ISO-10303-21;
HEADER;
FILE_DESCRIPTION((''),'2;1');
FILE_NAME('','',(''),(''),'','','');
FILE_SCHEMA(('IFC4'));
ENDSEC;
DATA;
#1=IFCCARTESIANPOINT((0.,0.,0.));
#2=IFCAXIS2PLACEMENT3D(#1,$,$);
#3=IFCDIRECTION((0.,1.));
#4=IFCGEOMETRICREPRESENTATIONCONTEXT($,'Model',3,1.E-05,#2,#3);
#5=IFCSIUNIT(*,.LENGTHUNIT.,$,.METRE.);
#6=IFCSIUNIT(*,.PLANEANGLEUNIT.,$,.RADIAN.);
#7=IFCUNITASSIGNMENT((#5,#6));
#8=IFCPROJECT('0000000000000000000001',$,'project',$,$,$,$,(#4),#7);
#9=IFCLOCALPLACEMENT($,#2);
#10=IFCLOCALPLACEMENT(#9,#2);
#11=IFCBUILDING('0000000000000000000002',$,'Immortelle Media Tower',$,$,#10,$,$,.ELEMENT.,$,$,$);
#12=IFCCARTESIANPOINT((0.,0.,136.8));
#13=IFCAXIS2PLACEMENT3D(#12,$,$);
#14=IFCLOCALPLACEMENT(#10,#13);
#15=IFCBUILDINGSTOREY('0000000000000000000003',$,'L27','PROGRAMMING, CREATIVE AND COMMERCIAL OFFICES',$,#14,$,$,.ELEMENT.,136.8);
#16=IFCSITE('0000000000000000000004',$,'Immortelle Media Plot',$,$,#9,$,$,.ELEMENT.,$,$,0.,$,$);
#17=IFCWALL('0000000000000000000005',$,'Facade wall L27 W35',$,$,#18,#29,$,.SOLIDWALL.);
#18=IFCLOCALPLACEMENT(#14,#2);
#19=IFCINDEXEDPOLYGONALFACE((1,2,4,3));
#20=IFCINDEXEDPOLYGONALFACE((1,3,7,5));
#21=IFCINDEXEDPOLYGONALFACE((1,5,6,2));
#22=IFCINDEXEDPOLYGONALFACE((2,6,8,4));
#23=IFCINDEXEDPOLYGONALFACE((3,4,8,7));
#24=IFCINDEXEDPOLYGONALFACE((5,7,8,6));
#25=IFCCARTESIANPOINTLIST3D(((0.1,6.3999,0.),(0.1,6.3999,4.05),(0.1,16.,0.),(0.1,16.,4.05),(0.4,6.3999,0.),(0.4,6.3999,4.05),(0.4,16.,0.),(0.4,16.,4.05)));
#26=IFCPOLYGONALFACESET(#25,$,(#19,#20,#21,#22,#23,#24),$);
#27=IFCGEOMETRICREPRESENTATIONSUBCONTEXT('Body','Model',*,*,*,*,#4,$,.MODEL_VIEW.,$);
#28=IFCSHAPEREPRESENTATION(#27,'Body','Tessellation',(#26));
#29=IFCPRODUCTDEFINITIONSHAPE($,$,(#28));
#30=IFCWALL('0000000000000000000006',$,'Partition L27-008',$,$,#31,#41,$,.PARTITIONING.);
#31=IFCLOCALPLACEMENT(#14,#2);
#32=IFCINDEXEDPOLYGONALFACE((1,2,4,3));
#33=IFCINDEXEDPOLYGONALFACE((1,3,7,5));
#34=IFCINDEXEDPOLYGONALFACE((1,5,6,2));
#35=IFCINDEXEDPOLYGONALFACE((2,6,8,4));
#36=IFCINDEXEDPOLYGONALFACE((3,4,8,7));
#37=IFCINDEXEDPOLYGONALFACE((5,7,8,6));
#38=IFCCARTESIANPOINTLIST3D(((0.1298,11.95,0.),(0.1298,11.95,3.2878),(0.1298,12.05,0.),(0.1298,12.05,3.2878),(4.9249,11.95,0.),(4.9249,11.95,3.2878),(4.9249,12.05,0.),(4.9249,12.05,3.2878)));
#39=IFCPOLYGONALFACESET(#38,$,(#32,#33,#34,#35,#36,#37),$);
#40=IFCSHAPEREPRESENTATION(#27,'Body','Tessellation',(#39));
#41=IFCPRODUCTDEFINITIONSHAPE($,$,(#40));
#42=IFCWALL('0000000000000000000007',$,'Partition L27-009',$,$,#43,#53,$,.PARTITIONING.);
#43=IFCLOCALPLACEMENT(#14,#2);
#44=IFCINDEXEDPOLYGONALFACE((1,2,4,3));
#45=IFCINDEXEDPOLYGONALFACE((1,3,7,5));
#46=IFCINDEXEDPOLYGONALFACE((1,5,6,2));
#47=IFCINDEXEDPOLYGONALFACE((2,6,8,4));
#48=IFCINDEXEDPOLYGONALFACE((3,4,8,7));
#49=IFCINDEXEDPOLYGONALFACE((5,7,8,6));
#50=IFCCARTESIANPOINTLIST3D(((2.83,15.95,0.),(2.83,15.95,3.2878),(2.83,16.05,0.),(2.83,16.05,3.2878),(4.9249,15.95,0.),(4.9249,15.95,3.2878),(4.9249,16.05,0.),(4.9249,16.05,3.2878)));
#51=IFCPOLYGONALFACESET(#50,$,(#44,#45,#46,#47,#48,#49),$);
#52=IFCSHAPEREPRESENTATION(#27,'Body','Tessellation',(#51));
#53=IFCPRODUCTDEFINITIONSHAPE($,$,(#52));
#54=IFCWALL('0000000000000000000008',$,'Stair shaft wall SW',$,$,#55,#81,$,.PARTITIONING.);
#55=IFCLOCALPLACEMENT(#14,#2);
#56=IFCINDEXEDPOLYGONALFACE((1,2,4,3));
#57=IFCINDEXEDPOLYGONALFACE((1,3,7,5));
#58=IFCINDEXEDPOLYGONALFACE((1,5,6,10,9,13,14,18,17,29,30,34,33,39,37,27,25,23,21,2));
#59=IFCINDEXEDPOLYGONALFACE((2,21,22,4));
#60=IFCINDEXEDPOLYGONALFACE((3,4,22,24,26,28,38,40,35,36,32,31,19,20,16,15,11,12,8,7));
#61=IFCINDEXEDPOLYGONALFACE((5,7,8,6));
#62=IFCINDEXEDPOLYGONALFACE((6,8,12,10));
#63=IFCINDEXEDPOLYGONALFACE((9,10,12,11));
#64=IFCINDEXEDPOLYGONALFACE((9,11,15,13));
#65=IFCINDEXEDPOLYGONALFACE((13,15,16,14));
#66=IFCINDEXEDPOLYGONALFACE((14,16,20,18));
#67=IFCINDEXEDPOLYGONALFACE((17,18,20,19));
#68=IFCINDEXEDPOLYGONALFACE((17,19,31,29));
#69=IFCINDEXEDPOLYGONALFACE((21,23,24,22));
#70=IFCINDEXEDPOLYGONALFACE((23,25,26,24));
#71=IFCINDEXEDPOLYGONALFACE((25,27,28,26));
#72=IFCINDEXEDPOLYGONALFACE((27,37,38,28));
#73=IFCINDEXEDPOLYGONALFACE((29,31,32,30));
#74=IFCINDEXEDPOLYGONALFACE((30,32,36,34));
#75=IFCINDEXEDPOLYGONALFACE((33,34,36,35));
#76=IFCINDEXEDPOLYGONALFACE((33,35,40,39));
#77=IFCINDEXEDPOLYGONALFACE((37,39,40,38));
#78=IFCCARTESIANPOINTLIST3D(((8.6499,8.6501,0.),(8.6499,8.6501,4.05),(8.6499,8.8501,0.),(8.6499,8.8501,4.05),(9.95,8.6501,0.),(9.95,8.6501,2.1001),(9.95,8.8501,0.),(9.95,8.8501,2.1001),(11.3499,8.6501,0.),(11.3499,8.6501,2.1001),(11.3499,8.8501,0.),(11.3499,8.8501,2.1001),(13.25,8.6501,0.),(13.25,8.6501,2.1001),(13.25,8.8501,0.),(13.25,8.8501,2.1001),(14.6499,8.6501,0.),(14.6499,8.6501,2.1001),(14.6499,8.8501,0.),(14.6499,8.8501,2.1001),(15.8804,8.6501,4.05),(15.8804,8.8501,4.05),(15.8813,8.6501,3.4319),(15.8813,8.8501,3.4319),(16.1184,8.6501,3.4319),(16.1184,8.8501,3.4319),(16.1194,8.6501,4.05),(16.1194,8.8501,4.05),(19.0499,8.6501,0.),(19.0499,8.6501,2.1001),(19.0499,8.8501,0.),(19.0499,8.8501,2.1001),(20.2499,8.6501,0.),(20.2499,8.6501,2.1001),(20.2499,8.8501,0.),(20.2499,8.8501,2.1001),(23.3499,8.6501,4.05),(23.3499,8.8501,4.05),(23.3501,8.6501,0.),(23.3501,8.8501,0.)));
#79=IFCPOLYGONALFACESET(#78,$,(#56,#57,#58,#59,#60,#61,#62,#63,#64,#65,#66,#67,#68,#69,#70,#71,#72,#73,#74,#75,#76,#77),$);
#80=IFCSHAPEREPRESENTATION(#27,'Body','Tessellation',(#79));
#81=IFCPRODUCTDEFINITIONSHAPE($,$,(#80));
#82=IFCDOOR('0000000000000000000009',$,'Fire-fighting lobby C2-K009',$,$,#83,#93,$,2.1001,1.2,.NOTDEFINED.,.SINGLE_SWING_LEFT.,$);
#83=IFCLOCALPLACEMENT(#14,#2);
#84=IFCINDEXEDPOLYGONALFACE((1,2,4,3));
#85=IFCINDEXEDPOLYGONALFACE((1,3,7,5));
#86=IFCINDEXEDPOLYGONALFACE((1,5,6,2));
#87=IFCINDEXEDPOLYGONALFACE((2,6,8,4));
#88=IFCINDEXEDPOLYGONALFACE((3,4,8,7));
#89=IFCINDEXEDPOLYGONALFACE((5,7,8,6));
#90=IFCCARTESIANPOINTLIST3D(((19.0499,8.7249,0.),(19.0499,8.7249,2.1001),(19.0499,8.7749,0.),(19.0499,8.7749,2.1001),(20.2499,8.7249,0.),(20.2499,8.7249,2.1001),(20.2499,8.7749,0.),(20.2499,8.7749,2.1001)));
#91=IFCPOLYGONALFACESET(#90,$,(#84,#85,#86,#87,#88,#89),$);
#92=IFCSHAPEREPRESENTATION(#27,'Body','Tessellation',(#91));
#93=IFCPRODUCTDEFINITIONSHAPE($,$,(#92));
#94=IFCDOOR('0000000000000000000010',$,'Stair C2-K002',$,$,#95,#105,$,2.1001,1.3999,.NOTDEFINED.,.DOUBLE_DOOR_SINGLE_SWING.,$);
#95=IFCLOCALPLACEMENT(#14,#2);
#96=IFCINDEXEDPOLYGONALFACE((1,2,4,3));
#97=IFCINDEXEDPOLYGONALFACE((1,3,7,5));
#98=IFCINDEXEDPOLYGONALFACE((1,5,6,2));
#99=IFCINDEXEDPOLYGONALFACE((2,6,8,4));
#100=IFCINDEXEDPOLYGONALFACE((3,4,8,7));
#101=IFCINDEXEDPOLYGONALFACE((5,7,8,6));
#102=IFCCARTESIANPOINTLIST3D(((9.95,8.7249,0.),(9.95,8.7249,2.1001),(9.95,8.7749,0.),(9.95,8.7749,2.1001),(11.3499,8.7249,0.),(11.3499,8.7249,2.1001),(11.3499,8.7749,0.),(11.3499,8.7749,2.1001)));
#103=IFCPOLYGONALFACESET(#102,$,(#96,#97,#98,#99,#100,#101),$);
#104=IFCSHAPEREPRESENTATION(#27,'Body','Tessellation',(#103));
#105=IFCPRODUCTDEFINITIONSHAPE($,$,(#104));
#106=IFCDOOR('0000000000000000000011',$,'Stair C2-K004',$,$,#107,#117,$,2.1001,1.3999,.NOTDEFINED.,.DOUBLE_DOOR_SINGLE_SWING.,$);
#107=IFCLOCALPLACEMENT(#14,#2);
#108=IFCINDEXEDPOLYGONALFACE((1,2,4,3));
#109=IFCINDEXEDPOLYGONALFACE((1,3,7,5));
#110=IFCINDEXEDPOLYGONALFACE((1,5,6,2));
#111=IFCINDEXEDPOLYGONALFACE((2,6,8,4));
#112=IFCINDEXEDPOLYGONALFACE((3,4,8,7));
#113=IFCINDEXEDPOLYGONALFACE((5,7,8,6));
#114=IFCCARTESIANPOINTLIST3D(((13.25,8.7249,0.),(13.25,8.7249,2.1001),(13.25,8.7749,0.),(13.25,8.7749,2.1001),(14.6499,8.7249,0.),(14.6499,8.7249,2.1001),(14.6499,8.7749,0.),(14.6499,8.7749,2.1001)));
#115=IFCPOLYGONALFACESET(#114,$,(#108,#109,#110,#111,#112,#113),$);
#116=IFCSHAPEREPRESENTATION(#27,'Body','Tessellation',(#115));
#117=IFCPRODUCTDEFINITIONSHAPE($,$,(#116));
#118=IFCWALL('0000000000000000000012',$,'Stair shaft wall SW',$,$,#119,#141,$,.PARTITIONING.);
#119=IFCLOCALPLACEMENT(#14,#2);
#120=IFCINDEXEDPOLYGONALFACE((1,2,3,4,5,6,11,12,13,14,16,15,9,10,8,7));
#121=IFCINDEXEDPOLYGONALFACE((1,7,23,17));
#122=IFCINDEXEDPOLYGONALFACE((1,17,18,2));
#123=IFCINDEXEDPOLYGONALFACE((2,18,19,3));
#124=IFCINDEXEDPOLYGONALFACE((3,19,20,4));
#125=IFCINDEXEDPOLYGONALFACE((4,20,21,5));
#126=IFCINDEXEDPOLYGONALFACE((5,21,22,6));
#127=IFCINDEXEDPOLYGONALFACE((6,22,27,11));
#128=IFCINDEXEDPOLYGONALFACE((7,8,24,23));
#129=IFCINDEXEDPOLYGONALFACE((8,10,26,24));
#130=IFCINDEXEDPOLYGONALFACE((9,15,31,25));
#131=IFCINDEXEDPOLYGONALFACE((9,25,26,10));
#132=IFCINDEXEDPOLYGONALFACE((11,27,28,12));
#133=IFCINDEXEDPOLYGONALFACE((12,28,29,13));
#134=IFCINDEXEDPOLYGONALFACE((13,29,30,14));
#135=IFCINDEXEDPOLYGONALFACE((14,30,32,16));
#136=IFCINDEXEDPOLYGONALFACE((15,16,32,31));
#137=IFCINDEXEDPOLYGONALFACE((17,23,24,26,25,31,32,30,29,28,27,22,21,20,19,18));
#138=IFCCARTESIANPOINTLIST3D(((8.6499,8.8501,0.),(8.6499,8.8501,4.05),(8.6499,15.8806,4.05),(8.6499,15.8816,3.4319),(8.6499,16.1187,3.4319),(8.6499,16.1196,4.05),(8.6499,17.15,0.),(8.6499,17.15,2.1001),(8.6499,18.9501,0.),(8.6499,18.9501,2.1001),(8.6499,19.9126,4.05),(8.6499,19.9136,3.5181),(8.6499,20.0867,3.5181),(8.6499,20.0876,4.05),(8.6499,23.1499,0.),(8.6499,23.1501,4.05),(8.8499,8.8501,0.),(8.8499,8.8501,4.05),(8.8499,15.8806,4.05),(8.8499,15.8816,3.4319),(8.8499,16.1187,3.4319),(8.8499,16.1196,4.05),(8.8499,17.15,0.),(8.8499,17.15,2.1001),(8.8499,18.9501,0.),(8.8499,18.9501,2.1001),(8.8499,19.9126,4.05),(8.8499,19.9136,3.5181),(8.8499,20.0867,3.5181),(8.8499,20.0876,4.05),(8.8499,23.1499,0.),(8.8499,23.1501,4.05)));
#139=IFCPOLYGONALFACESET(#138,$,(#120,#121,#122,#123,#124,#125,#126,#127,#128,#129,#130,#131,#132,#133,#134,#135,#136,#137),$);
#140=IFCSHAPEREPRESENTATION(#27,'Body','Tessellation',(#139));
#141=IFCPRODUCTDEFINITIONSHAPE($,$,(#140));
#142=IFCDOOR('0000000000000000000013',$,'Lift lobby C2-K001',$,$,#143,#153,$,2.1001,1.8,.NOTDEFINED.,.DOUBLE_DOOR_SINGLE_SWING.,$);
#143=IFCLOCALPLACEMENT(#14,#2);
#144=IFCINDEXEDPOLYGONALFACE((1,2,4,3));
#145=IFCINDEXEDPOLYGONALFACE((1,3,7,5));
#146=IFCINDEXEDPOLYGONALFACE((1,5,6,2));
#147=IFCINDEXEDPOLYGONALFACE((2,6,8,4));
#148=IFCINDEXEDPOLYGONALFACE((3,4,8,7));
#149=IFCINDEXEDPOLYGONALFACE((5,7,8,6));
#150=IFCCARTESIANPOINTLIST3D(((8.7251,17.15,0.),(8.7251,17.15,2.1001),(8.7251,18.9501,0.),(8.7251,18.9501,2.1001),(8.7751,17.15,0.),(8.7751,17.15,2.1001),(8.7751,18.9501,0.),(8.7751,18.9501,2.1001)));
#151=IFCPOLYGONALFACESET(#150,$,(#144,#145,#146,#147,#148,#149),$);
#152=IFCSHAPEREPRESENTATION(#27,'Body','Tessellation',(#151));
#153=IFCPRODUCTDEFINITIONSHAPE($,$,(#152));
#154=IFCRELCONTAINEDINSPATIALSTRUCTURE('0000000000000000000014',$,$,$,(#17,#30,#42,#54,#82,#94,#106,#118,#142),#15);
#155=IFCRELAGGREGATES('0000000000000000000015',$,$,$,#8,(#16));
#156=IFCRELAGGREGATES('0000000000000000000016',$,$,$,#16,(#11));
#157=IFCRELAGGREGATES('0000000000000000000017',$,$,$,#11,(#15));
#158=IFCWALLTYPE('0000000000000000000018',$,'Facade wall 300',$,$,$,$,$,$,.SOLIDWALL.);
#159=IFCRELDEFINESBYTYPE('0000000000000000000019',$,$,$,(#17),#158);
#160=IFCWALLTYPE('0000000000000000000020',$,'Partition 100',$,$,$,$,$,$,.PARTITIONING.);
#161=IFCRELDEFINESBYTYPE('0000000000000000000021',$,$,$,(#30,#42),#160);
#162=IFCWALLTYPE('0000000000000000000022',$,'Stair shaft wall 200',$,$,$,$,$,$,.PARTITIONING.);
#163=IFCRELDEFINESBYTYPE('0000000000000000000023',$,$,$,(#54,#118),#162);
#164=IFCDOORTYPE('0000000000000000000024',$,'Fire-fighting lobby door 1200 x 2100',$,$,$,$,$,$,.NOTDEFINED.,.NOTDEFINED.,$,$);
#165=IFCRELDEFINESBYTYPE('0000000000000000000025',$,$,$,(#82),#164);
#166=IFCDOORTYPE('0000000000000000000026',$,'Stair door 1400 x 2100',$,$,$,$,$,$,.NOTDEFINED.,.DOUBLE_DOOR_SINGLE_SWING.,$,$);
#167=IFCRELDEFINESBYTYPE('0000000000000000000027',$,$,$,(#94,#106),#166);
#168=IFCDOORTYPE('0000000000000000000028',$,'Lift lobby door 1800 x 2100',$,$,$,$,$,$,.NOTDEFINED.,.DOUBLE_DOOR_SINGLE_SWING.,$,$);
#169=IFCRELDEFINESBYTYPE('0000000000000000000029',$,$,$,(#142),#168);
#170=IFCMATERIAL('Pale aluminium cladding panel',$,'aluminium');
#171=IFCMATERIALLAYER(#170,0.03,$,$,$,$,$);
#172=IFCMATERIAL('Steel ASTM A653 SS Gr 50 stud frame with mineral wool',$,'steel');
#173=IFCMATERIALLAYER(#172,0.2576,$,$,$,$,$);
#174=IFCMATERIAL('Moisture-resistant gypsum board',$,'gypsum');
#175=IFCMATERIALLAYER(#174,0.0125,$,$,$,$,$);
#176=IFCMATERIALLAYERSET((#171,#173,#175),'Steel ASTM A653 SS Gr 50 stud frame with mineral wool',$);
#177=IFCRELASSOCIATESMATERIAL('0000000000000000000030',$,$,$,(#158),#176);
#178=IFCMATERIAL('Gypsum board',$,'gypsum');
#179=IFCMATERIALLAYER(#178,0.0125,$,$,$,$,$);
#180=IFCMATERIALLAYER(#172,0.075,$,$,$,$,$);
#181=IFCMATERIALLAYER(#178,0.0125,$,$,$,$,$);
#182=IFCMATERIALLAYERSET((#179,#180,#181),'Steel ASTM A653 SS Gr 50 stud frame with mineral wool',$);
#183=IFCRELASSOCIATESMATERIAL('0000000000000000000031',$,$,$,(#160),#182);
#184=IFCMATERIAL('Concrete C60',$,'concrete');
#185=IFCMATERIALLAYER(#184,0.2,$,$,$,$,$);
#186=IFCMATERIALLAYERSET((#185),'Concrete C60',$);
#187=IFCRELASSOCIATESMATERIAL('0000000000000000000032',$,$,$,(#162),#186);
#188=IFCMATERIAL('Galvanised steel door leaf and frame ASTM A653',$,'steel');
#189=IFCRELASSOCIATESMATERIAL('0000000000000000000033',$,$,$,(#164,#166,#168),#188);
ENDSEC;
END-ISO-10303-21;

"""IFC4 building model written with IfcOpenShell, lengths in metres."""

from ifc_helpers import new_model, si_unit, direction, frame, frame_2d, origin, place, context, subcontext, project, spatial, polyline, rectangle, outline, extrude, material, layer, layer_set, type_object, element, fill, save


model = new_model("IFC4")

# Units and contexts
model_context = context("Model", 3, precision=1e-05, world=origin(), true_north=direction((0.0, 1.0)))
body_context = subcontext(model_context, "Body", "Model", "MODEL_VIEW")
ifc_project = project(units=[si_unit("LENGTHUNIT", "METRE"), si_unit("PLANEANGLEUNIT", "RADIAN")], contexts=[model_context])

# Site, building, storey
site_placement = place(None, origin())
site = spatial("IfcSite", under=ifc_project, at=site_placement, Name="Immortelle Media Plot", CompositionType="ELEMENT", RefElevation=0.0)
building_placement = place(site_placement, origin())
building = spatial("IfcBuilding", under=site, at=building_placement, Name="Immortelle Media Tower", CompositionType="ELEMENT")
storey_placement = place(building_placement, frame((0.0, 0.0, 136.8)))
storey = spatial("IfcBuildingStorey", under=building, at=storey_placement, Name="L27", Description="PROGRAMMING, CREATIVE AND COMMERCIAL OFFICES", CompositionType="ELEMENT", Elevation=136.8)

# Shared definitions
ifc_material_1 = material(Name="Steel ASTM A653 SS Gr 50 stud frame with mineral wool", Category="steel")

# Walls
ifc_material_2 = material(Name="Pale aluminium cladding panel", Category="aluminium")
ifc_layer_1 = layer(ifc_material_2, 0.03)
ifc_layer_2 = layer(ifc_material_1, 0.2576)
ifc_material_3 = material(Name="Moisture-resistant gypsum board", Category="gypsum")
ifc_layer_3 = layer(ifc_material_3, 0.0125)
ifc_layer_set_1 = layer_set([ifc_layer_1, ifc_layer_2, ifc_layer_3], Name="Steel ASTM A653 SS Gr 50 stud frame with mineral wool")
wall_type_1 = type_object("IfcWallType", Name="Facade wall 300", PredefinedType="SOLIDWALL", material=ifc_layer_set_1)
wall_1_placement = place(storey_placement, frame((0.25, 16.0, 0.0), z_axis=(0.0, 0.0, 1.0), x_axis=(0.0, -1.0, 0.0)))
element("IfcWall", 1, at=wall_1_placement, inside=storey, type_object=wall_type_1, Name="Facade wall L27 W35", PredefinedType="SOLIDWALL", context=body_context, shape_type="SweptSolid", body=[
    extrude(rectangle(XDim=9.6001, YDim=0.3, at=frame_2d((4.8, 0.0))), origin(), (0.0, 0.0, 1.0), 4.05),
])
ifc_material_4 = material(Name="Gypsum board", Category="gypsum")
ifc_layer_4 = layer(ifc_material_4, 0.0125)
ifc_layer_5 = layer(ifc_material_1, 0.075)
ifc_layer_6 = layer(ifc_material_4, 0.0125)
ifc_layer_set_2 = layer_set([ifc_layer_4, ifc_layer_5, ifc_layer_6], Name="Steel ASTM A653 SS Gr 50 stud frame with mineral wool")
wall_type_2 = type_object("IfcWallType", Name="Partition 100", PredefinedType="PARTITIONING", material=ifc_layer_set_2)
wall_2_placement = place(storey_placement, frame((0.1299, 12.0, 0.0), z_axis=(0.0, 0.0, 1.0), x_axis=(1.0, 0.0, 0.0)))
element("IfcWall", 2, at=wall_2_placement, inside=storey, type_object=wall_type_2, Name="Partition L27-008", PredefinedType="PARTITIONING", context=body_context, shape_type="SweptSolid", body=[
    extrude(rectangle(XDim=4.7952, YDim=0.1001, at=frame_2d((2.3975, 0.0))), origin(), (0.0, 0.0, 1.0), 3.2878),
])
wall_3_placement = place(storey_placement, frame((2.8301, 16.0, 0.0), z_axis=(0.0, 0.0, 1.0), x_axis=(1.0, 0.0, 0.0)))
element("IfcWall", 3, at=wall_3_placement, inside=storey, type_object=wall_type_2, Name="Partition L27-009", PredefinedType="PARTITIONING", context=body_context, shape_type="SweptSolid", body=[
    extrude(rectangle(XDim=2.095, YDim=0.1001, at=frame_2d((1.0474, 0.0))), origin(), (0.0, 0.0, 1.0), 3.2878),
])

# Wall, openings, doors
ifc_material_5 = material(Name="Concrete C60", Category="concrete")
ifc_layer_7 = layer(ifc_material_5, 0.2)
ifc_layer_set_3 = layer_set([ifc_layer_7], Name="Concrete C60")
wall_type_3 = type_object("IfcWallType", Name="Stair shaft wall 200", PredefinedType="PARTITIONING", material=ifc_layer_set_3)
wall_4_placement = place(storey_placement, frame((8.6499, 8.75, 0.0), z_axis=(0.0, 0.0, 1.0), x_axis=(1.0, 0.0, 0.0)))
wall_4 = element("IfcWall", 4, at=wall_4_placement, inside=storey, type_object=wall_type_3, Name="Stair shaft wall SW", PredefinedType="PARTITIONING", context=body_context, shape_type="SweptSolid", body=[
    extrude(outline(polyline([(0.0, 0.0), (14.7002, 0.0), (14.7, 4.05), (7.4695, 4.05), (7.4685, 3.4319), (7.2314, 3.4319), (7.2305, 4.05), (0.0, 4.05), (0.0, 0.0)])), frame((0.0, 0.1001, 0.0), z_axis=(0.0, -1.0, 0.0), x_axis=(1.0, 0.0, 0.0)), (0.0, 0.0, 1.0), 0.2),
])
opening_1_placement = place(wall_4_placement, frame((1.3, 0.0, 0.0)))
opening_1 = element("IfcOpeningElement", 5, at=opening_1_placement, cuts=wall_4, PredefinedType="OPENING", context=body_context, shape_type="SweptSolid", body=[
    extrude(rectangle(XDim=1.3999, YDim=2.1001, at=frame_2d((0.7, 1.05))), frame((0.0, 0.1099, 0.0), z_axis=(0.0, -1.0, 0.0), x_axis=(1.0, 0.0, 0.0)), (0.0, 0.0, 1.0), 0.22),
])
opening_2_placement = place(wall_4_placement, frame((4.6001, 0.0, 0.0)))
opening_2 = element("IfcOpeningElement", 6, at=opening_2_placement, cuts=wall_4, PredefinedType="OPENING", context=body_context, shape_type="SweptSolid", body=[
    extrude(rectangle(XDim=1.3999, YDim=2.1001, at=frame_2d((0.7, 1.05))), frame((0.0, 0.1099, 0.0), z_axis=(0.0, -1.0, 0.0), x_axis=(1.0, 0.0, 0.0)), (0.0, 0.0, 1.0), 0.22),
])
opening_3_placement = place(wall_4_placement, frame((10.3999, 0.0, 0.0)))
opening_3 = element("IfcOpeningElement", 7, at=opening_3_placement, cuts=wall_4, PredefinedType="OPENING", context=body_context, shape_type="SweptSolid", body=[
    extrude(rectangle(XDim=1.2, YDim=2.1001, at=frame_2d((0.6001, 1.05))), frame((0.0, 0.1099, 0.0), z_axis=(0.0, -1.0, 0.0), x_axis=(1.0, 0.0, 0.0)), (0.0, 0.0, 1.0), 0.22),
])
ifc_material_6 = material(Name="Galvanised steel door leaf and frame ASTM A653", Category="steel")
door_type_1 = type_object("IfcDoorType", Name="Fire-fighting lobby door 1200 x 2100", OperationType="NOTDEFINED", PredefinedType="NOTDEFINED", material=ifc_material_6)
door_1_placement = place(opening_3_placement, origin())
door_1 = element("IfcDoor", 8, at=door_1_placement, inside=storey, type_object=door_type_1, Name="Fire-fighting lobby C2-K009", OperationType="SINGLE_SWING_LEFT", OverallHeight=2.1001, OverallWidth=1.2, PredefinedType="NOTDEFINED", context=body_context, shape_type="SweptSolid", body=[
    extrude(rectangle(XDim=1.2, YDim=2.1001, at=frame_2d((0.6001, 1.05))), frame((0.0, 0.0249, 0.0), z_axis=(0.0, -1.0, 0.0), x_axis=(1.0, 0.0, 0.0)), (0.0, 0.0, 1.0), 0.05),
])
fill(opening_3, door_1)
door_type_2 = type_object("IfcDoorType", Name="Stair door 1400 x 2100", OperationType="DOUBLE_DOOR_SINGLE_SWING", PredefinedType="NOTDEFINED", material=ifc_material_6)
door_2_placement = place(opening_1_placement, origin())
door_2 = element("IfcDoor", 9, at=door_2_placement, inside=storey, type_object=door_type_2, Name="Stair C2-K002", OperationType="DOUBLE_DOOR_SINGLE_SWING", OverallHeight=2.1001, OverallWidth=1.3999, PredefinedType="NOTDEFINED", context=body_context, shape_type="SweptSolid", body=[
    extrude(rectangle(XDim=1.3999, YDim=2.1001, at=frame_2d((0.7, 1.05))), frame((0.0, 0.0249, 0.0), z_axis=(0.0, -1.0, 0.0), x_axis=(1.0, 0.0, 0.0)), (0.0, 0.0, 1.0), 0.05),
])
fill(opening_1, door_2)
door_3_placement = place(opening_2_placement, origin())
door_3 = element("IfcDoor", 10, at=door_3_placement, inside=storey, type_object=door_type_2, Name="Stair C2-K004", OperationType="DOUBLE_DOOR_SINGLE_SWING", OverallHeight=2.1001, OverallWidth=1.3999, PredefinedType="NOTDEFINED", context=body_context, shape_type="SweptSolid", body=[
    extrude(rectangle(XDim=1.3999, YDim=2.1001, at=frame_2d((0.7, 1.05))), frame((0.0, 0.0249, 0.0), z_axis=(0.0, -1.0, 0.0), x_axis=(1.0, 0.0, 0.0)), (0.0, 0.0, 1.0), 0.05),
])
fill(opening_2, door_3)

# Wall, opening, door
wall_5_placement = place(storey_placement, frame((8.75, 8.8501, 0.0), z_axis=(0.0, 0.0, 1.0), x_axis=(0.0, 1.0, 0.0)))
wall_5 = element("IfcWall", 11, at=wall_5_placement, inside=storey, type_object=wall_type_3, Name="Stair shaft wall SW", PredefinedType="PARTITIONING", context=body_context, shape_type="SweptSolid", body=[
    extrude(outline(polyline([(0.0, 0.0), (14.2998, 0.0), (14.3, 4.05), (11.2375, 4.05), (11.2366, 3.5181), (11.0635, 3.5181), (11.0625, 4.05), (7.2695, 4.05), (7.2686, 3.4319), (7.0315, 3.4319), (7.0305, 4.05), (0.0, 4.05), (0.0, 0.0)])), frame((0.0, 0.1001, 0.0), z_axis=(0.0, -1.0, 0.0), x_axis=(1.0, 0.0, 0.0)), (0.0, 0.0, 1.0), 0.2),
])
opening_4_placement = place(wall_5_placement, frame((8.3, 0.0, 0.0)))
opening_4 = element("IfcOpeningElement", 12, at=opening_4_placement, cuts=wall_5, PredefinedType="OPENING", context=body_context, shape_type="SweptSolid", body=[
    extrude(rectangle(XDim=1.8, YDim=2.1001, at=frame_2d((0.8999, 1.05))), frame((0.0, 0.1099, 0.0), z_axis=(0.0, -1.0, 0.0), x_axis=(1.0, 0.0, 0.0)), (0.0, 0.0, 1.0), 0.22),
])
door_type_3 = type_object("IfcDoorType", Name="Lift lobby door 1800 x 2100", OperationType="DOUBLE_DOOR_SINGLE_SWING", PredefinedType="NOTDEFINED", material=ifc_material_6)
door_4_placement = place(opening_4_placement, origin())
door_4 = element("IfcDoor", 13, at=door_4_placement, inside=storey, type_object=door_type_3, Name="Lift lobby C2-K001", OperationType="DOUBLE_DOOR_SINGLE_SWING", OverallHeight=2.1001, OverallWidth=1.8, PredefinedType="NOTDEFINED", context=body_context, shape_type="SweptSolid", body=[
    extrude(rectangle(XDim=1.8, YDim=2.1001, at=frame_2d((0.8999, 1.05))), frame((0.0, 0.0249, 0.0), z_axis=(0.0, -1.0, 0.0), x_axis=(1.0, 0.0, 0.0)), (0.0, 0.0, 1.0), 0.05),
])
fill(opening_4, door_4)

save(model, "model.ifc")
